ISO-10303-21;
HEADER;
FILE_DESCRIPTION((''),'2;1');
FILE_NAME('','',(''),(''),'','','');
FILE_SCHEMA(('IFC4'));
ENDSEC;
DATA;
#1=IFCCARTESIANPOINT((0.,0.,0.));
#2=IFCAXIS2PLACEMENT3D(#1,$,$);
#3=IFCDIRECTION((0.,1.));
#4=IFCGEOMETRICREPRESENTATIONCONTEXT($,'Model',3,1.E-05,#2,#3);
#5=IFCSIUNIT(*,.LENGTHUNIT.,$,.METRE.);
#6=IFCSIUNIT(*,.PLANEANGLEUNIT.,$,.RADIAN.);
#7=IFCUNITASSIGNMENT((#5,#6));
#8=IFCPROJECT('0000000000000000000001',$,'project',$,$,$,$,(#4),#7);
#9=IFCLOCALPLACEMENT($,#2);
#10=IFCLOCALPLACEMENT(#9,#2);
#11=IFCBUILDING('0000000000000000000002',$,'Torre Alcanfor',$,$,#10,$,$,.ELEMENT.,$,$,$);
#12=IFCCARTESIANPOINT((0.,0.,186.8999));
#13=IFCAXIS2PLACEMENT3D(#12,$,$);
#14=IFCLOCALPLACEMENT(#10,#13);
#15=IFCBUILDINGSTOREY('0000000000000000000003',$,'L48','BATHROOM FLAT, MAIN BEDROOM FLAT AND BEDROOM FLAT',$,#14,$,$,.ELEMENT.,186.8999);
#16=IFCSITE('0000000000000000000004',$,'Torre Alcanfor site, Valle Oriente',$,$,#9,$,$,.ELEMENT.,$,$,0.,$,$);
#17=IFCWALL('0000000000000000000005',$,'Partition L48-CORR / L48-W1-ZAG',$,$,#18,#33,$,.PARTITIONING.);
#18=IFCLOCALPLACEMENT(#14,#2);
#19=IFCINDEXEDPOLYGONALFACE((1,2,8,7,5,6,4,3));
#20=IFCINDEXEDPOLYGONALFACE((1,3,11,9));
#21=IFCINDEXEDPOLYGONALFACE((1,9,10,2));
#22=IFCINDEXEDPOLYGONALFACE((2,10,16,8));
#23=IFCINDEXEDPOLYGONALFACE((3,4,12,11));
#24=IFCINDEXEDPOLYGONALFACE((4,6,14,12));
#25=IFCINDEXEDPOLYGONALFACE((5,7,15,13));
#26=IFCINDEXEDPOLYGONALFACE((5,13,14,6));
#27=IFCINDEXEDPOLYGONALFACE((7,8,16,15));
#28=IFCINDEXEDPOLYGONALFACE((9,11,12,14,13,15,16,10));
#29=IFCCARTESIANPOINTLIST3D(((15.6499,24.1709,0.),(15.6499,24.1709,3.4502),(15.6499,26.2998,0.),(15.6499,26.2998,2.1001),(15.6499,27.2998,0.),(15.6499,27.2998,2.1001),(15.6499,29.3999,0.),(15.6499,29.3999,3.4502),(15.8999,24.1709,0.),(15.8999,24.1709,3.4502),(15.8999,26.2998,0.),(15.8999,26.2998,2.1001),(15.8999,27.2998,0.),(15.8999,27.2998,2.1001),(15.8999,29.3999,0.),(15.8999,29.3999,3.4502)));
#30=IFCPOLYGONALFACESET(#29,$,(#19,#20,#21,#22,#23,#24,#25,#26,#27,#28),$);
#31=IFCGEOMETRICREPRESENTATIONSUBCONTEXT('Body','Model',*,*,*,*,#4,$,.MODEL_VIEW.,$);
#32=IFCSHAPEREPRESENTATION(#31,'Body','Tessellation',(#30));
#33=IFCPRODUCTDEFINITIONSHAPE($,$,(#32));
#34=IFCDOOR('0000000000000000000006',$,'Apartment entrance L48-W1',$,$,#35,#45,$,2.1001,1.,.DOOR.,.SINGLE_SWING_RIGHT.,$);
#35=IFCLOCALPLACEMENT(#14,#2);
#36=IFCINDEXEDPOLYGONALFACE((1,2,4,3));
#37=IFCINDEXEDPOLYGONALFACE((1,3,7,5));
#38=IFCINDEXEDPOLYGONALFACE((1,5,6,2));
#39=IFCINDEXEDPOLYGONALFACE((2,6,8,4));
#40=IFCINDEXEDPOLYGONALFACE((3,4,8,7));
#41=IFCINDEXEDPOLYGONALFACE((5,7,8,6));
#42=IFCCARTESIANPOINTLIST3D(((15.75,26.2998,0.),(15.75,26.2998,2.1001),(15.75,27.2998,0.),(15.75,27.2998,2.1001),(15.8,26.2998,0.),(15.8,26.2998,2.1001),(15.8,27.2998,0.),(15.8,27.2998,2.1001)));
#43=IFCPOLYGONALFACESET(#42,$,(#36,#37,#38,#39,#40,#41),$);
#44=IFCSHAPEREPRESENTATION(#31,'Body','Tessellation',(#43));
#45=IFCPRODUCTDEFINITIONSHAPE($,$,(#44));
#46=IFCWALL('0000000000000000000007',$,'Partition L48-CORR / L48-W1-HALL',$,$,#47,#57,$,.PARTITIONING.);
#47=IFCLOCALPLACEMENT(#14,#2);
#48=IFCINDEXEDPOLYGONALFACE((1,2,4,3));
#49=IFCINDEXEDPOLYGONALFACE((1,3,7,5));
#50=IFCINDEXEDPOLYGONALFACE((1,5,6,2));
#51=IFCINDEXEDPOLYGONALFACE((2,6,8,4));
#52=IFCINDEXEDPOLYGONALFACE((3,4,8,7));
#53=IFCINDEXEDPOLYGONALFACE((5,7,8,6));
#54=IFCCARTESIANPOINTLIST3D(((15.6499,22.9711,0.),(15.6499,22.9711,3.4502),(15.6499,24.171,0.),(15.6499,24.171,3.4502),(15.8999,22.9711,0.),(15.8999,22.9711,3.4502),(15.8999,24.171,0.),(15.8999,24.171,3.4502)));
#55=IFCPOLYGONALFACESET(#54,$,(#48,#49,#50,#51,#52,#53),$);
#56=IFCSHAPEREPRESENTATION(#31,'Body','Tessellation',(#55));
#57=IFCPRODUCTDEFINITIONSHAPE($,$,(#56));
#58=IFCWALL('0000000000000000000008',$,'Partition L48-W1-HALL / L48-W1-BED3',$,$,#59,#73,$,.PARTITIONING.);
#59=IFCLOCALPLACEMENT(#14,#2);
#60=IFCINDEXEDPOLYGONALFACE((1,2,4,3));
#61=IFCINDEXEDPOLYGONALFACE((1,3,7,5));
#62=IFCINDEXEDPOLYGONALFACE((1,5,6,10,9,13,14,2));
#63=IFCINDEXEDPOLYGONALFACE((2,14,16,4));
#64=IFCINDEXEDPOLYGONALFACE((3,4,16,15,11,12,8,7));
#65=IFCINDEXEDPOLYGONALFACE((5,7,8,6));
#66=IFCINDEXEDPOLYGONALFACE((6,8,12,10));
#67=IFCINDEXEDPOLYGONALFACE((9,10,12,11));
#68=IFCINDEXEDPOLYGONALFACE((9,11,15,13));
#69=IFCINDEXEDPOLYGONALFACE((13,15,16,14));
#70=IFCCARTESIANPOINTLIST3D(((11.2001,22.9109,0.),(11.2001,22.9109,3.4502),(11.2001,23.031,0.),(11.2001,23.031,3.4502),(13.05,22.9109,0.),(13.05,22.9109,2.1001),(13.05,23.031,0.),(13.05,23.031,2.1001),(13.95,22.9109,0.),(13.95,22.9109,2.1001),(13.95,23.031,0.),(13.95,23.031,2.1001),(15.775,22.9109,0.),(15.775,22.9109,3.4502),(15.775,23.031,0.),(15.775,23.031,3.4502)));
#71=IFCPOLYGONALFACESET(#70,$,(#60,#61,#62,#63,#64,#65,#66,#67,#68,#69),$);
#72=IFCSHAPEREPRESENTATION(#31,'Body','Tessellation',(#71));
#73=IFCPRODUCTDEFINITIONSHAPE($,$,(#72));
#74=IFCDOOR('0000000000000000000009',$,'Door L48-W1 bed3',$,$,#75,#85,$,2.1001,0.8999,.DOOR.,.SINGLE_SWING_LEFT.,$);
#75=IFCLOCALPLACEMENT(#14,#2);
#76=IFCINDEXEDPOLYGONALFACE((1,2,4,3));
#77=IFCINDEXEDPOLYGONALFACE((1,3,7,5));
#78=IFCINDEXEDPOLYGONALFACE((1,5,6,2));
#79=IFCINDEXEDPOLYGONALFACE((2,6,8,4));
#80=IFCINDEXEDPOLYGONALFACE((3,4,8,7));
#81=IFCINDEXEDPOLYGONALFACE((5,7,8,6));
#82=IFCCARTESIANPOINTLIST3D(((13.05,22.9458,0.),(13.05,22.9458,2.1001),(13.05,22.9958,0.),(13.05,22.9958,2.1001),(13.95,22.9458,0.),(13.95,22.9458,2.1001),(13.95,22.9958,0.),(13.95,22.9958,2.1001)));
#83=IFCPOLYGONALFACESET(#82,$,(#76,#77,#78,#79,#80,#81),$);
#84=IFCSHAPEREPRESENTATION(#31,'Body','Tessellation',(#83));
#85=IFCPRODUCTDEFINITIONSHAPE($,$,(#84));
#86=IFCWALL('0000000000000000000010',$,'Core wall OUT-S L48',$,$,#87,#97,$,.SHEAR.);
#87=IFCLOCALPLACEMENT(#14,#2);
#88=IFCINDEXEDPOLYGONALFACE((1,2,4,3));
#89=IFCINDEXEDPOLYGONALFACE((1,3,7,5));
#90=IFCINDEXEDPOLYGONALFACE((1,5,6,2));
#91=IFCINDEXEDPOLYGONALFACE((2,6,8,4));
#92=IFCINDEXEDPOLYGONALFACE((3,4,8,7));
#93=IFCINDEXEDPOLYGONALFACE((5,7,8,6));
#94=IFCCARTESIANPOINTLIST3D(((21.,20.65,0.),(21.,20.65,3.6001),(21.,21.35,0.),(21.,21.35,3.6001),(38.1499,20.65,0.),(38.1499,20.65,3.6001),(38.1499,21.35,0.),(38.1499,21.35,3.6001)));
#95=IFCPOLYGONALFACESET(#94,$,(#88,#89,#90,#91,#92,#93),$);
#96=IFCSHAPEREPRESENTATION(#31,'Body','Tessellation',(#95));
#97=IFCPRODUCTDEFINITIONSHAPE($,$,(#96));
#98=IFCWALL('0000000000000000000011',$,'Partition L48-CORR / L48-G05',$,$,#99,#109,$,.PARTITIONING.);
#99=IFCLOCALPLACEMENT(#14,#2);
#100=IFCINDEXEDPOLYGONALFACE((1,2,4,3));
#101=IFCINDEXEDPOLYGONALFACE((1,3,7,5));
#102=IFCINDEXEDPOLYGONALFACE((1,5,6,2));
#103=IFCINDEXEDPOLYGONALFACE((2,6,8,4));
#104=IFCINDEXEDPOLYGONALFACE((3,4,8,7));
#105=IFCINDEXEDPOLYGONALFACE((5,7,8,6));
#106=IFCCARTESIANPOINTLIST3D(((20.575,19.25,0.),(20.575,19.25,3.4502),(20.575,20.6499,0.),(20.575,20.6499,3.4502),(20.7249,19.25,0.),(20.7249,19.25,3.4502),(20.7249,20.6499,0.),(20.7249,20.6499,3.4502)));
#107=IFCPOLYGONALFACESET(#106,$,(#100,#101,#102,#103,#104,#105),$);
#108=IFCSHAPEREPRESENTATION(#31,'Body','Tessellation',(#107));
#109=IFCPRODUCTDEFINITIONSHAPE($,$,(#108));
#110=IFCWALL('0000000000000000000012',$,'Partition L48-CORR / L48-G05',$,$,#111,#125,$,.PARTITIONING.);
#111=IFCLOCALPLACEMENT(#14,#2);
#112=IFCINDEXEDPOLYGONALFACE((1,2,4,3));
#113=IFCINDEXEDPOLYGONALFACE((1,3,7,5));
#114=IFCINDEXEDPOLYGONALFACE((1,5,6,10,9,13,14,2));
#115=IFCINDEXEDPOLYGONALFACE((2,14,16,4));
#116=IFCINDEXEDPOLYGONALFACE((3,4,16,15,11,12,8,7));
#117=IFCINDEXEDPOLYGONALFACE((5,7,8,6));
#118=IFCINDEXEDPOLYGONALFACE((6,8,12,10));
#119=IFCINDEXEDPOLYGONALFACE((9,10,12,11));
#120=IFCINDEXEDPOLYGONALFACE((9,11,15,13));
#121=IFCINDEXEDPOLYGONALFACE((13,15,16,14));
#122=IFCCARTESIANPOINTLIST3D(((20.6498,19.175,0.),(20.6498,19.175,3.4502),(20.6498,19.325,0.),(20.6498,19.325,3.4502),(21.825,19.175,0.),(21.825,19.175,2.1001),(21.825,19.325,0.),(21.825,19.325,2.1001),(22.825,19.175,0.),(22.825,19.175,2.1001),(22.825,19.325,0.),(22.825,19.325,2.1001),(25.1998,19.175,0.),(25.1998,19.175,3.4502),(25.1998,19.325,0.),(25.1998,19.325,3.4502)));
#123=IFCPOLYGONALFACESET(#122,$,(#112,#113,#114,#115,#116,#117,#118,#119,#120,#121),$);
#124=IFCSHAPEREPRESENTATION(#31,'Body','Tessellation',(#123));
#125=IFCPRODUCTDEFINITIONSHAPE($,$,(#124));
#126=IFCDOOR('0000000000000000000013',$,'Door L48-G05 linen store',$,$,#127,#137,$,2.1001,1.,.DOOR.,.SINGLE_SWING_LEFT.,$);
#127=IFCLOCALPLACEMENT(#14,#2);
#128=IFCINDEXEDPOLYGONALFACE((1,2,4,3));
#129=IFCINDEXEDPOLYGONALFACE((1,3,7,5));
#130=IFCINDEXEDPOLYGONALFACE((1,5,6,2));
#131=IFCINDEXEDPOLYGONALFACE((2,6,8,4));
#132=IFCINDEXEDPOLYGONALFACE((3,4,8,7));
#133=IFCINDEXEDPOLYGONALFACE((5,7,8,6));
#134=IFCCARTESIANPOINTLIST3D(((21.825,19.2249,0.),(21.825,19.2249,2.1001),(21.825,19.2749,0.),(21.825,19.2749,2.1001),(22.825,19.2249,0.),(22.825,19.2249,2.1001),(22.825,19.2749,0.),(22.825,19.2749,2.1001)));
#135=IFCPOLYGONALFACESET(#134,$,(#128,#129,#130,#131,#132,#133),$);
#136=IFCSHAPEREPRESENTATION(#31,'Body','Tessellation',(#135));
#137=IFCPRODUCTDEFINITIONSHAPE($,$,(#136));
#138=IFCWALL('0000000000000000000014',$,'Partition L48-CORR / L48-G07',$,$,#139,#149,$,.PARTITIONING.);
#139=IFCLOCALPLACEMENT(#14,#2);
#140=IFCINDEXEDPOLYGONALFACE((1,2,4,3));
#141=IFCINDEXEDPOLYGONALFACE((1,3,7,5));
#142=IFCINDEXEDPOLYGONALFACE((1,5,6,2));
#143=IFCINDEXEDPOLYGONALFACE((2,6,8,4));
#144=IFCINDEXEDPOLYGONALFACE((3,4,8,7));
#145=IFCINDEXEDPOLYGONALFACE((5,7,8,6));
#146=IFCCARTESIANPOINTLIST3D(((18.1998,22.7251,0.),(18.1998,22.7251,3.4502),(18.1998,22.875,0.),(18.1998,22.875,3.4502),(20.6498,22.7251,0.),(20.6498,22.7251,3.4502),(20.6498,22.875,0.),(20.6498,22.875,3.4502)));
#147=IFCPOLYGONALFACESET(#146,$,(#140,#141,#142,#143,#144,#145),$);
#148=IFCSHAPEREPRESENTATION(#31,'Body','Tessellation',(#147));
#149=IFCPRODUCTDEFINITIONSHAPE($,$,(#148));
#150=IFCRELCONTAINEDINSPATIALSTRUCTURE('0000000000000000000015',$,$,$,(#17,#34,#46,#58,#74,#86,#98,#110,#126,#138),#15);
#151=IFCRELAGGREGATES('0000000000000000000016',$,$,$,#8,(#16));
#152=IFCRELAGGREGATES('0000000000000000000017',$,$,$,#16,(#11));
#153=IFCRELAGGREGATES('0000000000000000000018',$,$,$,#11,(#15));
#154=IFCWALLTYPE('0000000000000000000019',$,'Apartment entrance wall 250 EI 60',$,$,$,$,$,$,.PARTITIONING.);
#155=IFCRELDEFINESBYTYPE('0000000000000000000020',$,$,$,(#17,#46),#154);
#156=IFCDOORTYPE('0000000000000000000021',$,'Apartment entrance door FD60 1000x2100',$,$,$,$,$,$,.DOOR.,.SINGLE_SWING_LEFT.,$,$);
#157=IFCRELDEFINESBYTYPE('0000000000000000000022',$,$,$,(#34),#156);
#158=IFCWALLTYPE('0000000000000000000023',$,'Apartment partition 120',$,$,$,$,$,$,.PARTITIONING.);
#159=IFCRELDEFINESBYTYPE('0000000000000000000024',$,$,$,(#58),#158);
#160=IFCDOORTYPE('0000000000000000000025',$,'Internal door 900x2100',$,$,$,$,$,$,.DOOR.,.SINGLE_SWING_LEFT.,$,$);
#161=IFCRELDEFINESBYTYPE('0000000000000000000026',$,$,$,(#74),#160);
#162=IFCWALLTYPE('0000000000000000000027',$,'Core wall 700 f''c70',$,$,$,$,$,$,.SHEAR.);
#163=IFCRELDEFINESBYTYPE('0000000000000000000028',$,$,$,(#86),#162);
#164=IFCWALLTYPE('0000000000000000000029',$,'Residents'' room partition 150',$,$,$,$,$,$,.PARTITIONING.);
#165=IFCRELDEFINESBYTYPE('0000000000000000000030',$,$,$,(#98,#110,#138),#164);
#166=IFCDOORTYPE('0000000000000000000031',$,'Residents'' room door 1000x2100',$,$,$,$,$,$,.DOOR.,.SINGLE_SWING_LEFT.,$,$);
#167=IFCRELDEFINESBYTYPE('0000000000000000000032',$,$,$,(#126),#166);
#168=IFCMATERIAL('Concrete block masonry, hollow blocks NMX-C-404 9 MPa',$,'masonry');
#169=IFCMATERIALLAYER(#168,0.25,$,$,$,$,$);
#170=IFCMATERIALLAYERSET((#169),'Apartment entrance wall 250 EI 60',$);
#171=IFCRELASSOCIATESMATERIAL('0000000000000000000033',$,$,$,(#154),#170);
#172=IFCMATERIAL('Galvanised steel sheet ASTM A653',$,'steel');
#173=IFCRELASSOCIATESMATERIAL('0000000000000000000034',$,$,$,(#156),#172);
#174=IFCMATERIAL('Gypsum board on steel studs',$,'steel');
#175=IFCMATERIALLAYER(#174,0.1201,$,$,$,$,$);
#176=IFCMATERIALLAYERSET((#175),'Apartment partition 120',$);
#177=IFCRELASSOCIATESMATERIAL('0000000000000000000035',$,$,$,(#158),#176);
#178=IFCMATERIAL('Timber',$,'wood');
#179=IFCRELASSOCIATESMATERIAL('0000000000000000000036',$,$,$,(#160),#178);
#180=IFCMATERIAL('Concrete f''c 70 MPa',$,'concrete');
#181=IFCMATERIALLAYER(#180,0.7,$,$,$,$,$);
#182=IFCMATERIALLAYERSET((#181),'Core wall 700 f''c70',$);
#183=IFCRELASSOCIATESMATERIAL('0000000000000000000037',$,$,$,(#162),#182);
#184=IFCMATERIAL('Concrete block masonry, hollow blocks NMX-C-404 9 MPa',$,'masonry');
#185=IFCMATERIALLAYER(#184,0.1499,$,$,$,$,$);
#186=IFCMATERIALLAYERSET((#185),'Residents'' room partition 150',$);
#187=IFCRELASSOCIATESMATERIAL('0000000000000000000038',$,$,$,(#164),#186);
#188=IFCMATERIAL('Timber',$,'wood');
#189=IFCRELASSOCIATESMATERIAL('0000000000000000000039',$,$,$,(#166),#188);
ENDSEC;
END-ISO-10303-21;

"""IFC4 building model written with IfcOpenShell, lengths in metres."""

from ifc_helpers import new_model, si_unit, direction, frame, frame_2d, origin, place, context, subcontext, project, spatial, rectangle, extrude, material, layer, layer_set, type_object, element, fill, save


model = new_model("IFC4")

# Units and contexts
model_context = context("Model", 3, precision=1e-05, world=origin(), true_north=direction((0.0, 1.0)))
body_context = subcontext(model_context, "Body", "Model", "MODEL_VIEW")
ifc_project = project(units=[si_unit("LENGTHUNIT", "METRE"), si_unit("PLANEANGLEUNIT", "RADIAN")], contexts=[model_context])

# Site, building, storey
site_placement = place(None, origin())
site = spatial("IfcSite", under=ifc_project, at=site_placement, Name="Torre Alcanfor site, Valle Oriente", CompositionType="ELEMENT", RefElevation=0.0)
building_placement = place(site_placement, origin())
building = spatial("IfcBuilding", under=site, at=building_placement, Name="Torre Alcanfor", CompositionType="ELEMENT")
storey_placement = place(building_placement, frame((0.0, 0.0, 186.8999)))
storey = spatial("IfcBuildingStorey", under=building, at=storey_placement, Name="L48", Description="BATHROOM FLAT, MAIN BEDROOM FLAT AND BEDROOM FLAT", CompositionType="ELEMENT", Elevation=186.8999)

# Wall, opening, door
ifc_material_1 = material(Name="Concrete block masonry, hollow blocks NMX-C-404 9 MPa", Category="masonry")
ifc_layer_1 = layer(ifc_material_1, 0.25)
ifc_layer_set_1 = layer_set([ifc_layer_1], Name="Apartment entrance wall 250 EI 60")
wall_type_1 = type_object("IfcWallType", Name="Apartment entrance wall 250 EI 60", PredefinedType="PARTITIONING", material=ifc_layer_set_1)
wall_1_placement = place(storey_placement, frame((15.7749, 24.1709, 0.0), z_axis=(0.0, 0.0, 1.0), x_axis=(0.0, 1.0, 0.0)))
wall_1 = element("IfcWall", 1, at=wall_1_placement, inside=storey, type_object=wall_type_1, Name="Partition L48-CORR / L48-W1-ZAG", PredefinedType="PARTITIONING", context=body_context, shape_type="SweptSolid", body=[
    extrude(rectangle(XDim=5.229, YDim=0.25, at=frame_2d((2.6145, 0.0))), origin(), (0.0, 0.0, 1.0), 3.4502),
])
opening_1_placement = place(wall_1_placement, frame((2.1289, 0.0, 0.0)))
opening_1 = element("IfcOpeningElement", 2, at=opening_1_placement, cuts=wall_1, PredefinedType="OPENING", context=body_context, shape_type="SweptSolid", body=[
    extrude(rectangle(XDim=1.0, YDim=2.1001, at=frame_2d((0.5, 1.05))), frame((0.0, 0.135, 0.0), z_axis=(0.0, -1.0, 0.0), x_axis=(1.0, 0.0, 0.0)), (0.0, 0.0, 1.0), 0.27),
])
ifc_material_2 = material(Name="Galvanised steel sheet ASTM A653", Category="steel")
door_type_1 = type_object("IfcDoorType", Name="Apartment entrance door FD60 1000x2100", OperationType="SINGLE_SWING_LEFT", PredefinedType="DOOR", material=ifc_material_2)
door_1_placement = place(opening_1_placement, origin())
door_1 = element("IfcDoor", 3, at=door_1_placement, inside=storey, type_object=door_type_1, Name="Apartment entrance L48-W1", OperationType="SINGLE_SWING_RIGHT", OverallHeight=2.1001, OverallWidth=1.0, PredefinedType="DOOR", context=body_context, shape_type="SweptSolid", body=[
    extrude(rectangle(XDim=1.0, YDim=2.1001, at=frame_2d((0.5, 1.05))), frame((0.0, 0.0249, 0.0), z_axis=(0.0, -1.0, 0.0), x_axis=(1.0, 0.0, 0.0)), (0.0, 0.0, 1.0), 0.05),
])
fill(opening_1, door_1)

# Wall
wall_2_placement = place(storey_placement, frame((15.7749, 22.9709, 0.0), z_axis=(0.0, 0.0, 1.0), x_axis=(0.0, 1.0, 0.0)))
element("IfcWall", 4, at=wall_2_placement, inside=storey, type_object=wall_type_1, Name="Partition L48-CORR / L48-W1-HALL", PredefinedType="PARTITIONING", context=body_context, shape_type="SweptSolid", body=[
    extrude(rectangle(XDim=1.2, YDim=0.25, at=frame_2d((0.6001, 0.0))), origin(), (0.0, 0.0, 1.0), 3.4502),
])

# Wall, opening, door
ifc_material_3 = material(Name="Gypsum board on steel studs", Category="steel")
ifc_layer_2 = layer(ifc_material_3, 0.1201)
ifc_layer_set_2 = layer_set([ifc_layer_2], Name="Apartment partition 120")
wall_type_2 = type_object("IfcWallType", Name="Apartment partition 120", PredefinedType="PARTITIONING", material=ifc_layer_set_2)
wall_3_placement = place(storey_placement, frame((11.2, 22.9709, 0.0), z_axis=(0.0, 0.0, 1.0), x_axis=(1.0, 0.0, 0.0)))
wall_3 = element("IfcWall", 5, at=wall_3_placement, inside=storey, type_object=wall_type_2, Name="Partition L48-W1-HALL / L48-W1-BED3", PredefinedType="PARTITIONING", context=body_context, shape_type="SweptSolid", body=[
    extrude(rectangle(XDim=4.575, YDim=0.1201, at=frame_2d((2.2876, 0.0))), origin(), (0.0, 0.0, 1.0), 3.4502),
])
opening_2_placement = place(wall_3_placement, frame((1.8501, 0.0, 0.0)))
opening_2 = element("IfcOpeningElement", 6, at=opening_2_placement, cuts=wall_3, PredefinedType="OPENING", context=body_context, shape_type="SweptSolid", body=[
    extrude(rectangle(XDim=0.8999, YDim=2.1001, at=frame_2d((0.45, 1.05))), frame((0.0, 0.0701, 0.0), z_axis=(0.0, -1.0, 0.0), x_axis=(1.0, 0.0, 0.0)), (0.0, 0.0, 1.0), 0.1401),
])
ifc_material_4 = material(Name="Timber", Category="wood")
door_type_2 = type_object("IfcDoorType", Name="Internal door 900x2100", OperationType="SINGLE_SWING_LEFT", PredefinedType="DOOR", material=ifc_material_4)
door_2_placement = place(opening_2_placement, frame((0.8999, 0.0, 0.0), z_axis=(0.0, 0.0, 1.0), x_axis=(-1.0, 0.0, 0.0)))
door_2 = element("IfcDoor", 7, at=door_2_placement, inside=storey, type_object=door_type_2, Name="Door L48-W1 bed3", OperationType="SINGLE_SWING_LEFT", OverallHeight=2.1001, OverallWidth=0.8999, PredefinedType="DOOR", context=body_context, shape_type="SweptSolid", body=[
    extrude(rectangle(XDim=0.8999, YDim=2.1001, at=frame_2d((0.45, 1.05))), frame((0.0, 0.0251, 0.0), z_axis=(0.0, -1.0, 0.0), x_axis=(1.0, 0.0, 0.0)), (0.0, 0.0, 1.0), 0.05),
])
fill(opening_2, door_2)

# Walls
ifc_material_5 = material(Name="Concrete f'c 70 MPa", Category="concrete")
ifc_layer_3 = layer(ifc_material_5, 0.7)
ifc_layer_set_3 = layer_set([ifc_layer_3], Name="Core wall 700 f'c70")
wall_type_3 = type_object("IfcWallType", Name="Core wall 700 f'c70", PredefinedType="SHEAR", material=ifc_layer_set_3)
wall_4_placement = place(storey_placement, frame((21.0, 21.0, 0.0), z_axis=(0.0, 0.0, 1.0), x_axis=(1.0, 0.0, 0.0)))
element("IfcWall", 8, at=wall_4_placement, inside=storey, type_object=wall_type_3, Name="Core wall OUT-S L48", PredefinedType="SHEAR", context=body_context, shape_type="SweptSolid", body=[
    extrude(rectangle(XDim=17.1499, YDim=0.7, at=frame_2d((8.575, 0.0))), origin(), (0.0, 0.0, 1.0), 3.6001),
])
ifc_material_6 = material(Name="Concrete block masonry, hollow blocks NMX-C-404 9 MPa", Category="masonry")
ifc_layer_4 = layer(ifc_material_6, 0.1499)
ifc_layer_set_4 = layer_set([ifc_layer_4], Name="Residents' room partition 150")
wall_type_4 = type_object("IfcWallType", Name="Residents' room partition 150", PredefinedType="PARTITIONING", material=ifc_layer_set_4)
wall_5_placement = place(storey_placement, frame((20.6499, 20.6499, 0.0), z_axis=(0.0, 0.0, 1.0), x_axis=(0.0, -1.0, 0.0)))
element("IfcWall", 9, at=wall_5_placement, inside=storey, type_object=wall_type_4, Name="Partition L48-CORR / L48-G05", PredefinedType="PARTITIONING", context=body_context, shape_type="SweptSolid", body=[
    extrude(rectangle(XDim=1.3999, YDim=0.1499, at=frame_2d((0.7, 0.0))), origin(), (0.0, 0.0, 1.0), 3.4502),
])

# Wall, opening, door
wall_6_placement = place(storey_placement, frame((20.6499, 19.25, 0.0), z_axis=(0.0, 0.0, 1.0), x_axis=(1.0, 0.0, 0.0)))
wall_6 = element("IfcWall", 10, at=wall_6_placement, inside=storey, type_object=wall_type_4, Name="Partition L48-CORR / L48-G05", PredefinedType="PARTITIONING", context=body_context, shape_type="SweptSolid", body=[
    extrude(rectangle(XDim=4.55, YDim=0.1499, at=frame_2d((2.2749, 0.0))), origin(), (0.0, 0.0, 1.0), 3.4502),
])
opening_3_placement = place(wall_6_placement, frame((1.175, 0.0, 0.0)))
opening_3 = element("IfcOpeningElement", 11, at=opening_3_placement, cuts=wall_6, PredefinedType="OPENING", context=body_context, shape_type="SweptSolid", body=[
    extrude(rectangle(XDim=1.0, YDim=2.1001, at=frame_2d((0.5, 1.05))), frame((0.0, 0.085, 0.0), z_axis=(0.0, -1.0, 0.0), x_axis=(1.0, 0.0, 0.0)), (0.0, 0.0, 1.0), 0.1699),
])
ifc_material_7 = material(Name="Timber", Category="wood")
door_type_3 = type_object("IfcDoorType", Name="Residents' room door 1000x2100", OperationType="SINGLE_SWING_LEFT", PredefinedType="DOOR", material=ifc_material_7)
door_3_placement = place(opening_3_placement, origin())
door_3 = element("IfcDoor", 12, at=door_3_placement, inside=storey, type_object=door_type_3, Name="Door L48-G05 linen store", OperationType="SINGLE_SWING_LEFT", OverallHeight=2.1001, OverallWidth=1.0, PredefinedType="DOOR", context=body_context, shape_type="SweptSolid", body=[
    extrude(rectangle(XDim=1.0, YDim=2.1001, at=frame_2d((0.5, 1.05))), frame((0.0, 0.0249, 0.0), z_axis=(0.0, -1.0, 0.0), x_axis=(1.0, 0.0, 0.0)), (0.0, 0.0, 1.0), 0.05),
])
fill(opening_3, door_3)

# Wall
wall_7_placement = place(storey_placement, frame((20.6499, 22.8, 0.0), z_axis=(0.0, 0.0, 1.0), x_axis=(-1.0, 0.0, 0.0)))
element("IfcWall", 13, at=wall_7_placement, inside=storey, type_object=wall_type_4, Name="Partition L48-CORR / L48-G07", PredefinedType="PARTITIONING", context=body_context, shape_type="SweptSolid", body=[
    extrude(rectangle(XDim=2.45, YDim=0.1499, at=frame_2d((1.2251, 0.0))), origin(), (0.0, 0.0, 1.0), 3.4502),
])

save(model, "model.ifc")
